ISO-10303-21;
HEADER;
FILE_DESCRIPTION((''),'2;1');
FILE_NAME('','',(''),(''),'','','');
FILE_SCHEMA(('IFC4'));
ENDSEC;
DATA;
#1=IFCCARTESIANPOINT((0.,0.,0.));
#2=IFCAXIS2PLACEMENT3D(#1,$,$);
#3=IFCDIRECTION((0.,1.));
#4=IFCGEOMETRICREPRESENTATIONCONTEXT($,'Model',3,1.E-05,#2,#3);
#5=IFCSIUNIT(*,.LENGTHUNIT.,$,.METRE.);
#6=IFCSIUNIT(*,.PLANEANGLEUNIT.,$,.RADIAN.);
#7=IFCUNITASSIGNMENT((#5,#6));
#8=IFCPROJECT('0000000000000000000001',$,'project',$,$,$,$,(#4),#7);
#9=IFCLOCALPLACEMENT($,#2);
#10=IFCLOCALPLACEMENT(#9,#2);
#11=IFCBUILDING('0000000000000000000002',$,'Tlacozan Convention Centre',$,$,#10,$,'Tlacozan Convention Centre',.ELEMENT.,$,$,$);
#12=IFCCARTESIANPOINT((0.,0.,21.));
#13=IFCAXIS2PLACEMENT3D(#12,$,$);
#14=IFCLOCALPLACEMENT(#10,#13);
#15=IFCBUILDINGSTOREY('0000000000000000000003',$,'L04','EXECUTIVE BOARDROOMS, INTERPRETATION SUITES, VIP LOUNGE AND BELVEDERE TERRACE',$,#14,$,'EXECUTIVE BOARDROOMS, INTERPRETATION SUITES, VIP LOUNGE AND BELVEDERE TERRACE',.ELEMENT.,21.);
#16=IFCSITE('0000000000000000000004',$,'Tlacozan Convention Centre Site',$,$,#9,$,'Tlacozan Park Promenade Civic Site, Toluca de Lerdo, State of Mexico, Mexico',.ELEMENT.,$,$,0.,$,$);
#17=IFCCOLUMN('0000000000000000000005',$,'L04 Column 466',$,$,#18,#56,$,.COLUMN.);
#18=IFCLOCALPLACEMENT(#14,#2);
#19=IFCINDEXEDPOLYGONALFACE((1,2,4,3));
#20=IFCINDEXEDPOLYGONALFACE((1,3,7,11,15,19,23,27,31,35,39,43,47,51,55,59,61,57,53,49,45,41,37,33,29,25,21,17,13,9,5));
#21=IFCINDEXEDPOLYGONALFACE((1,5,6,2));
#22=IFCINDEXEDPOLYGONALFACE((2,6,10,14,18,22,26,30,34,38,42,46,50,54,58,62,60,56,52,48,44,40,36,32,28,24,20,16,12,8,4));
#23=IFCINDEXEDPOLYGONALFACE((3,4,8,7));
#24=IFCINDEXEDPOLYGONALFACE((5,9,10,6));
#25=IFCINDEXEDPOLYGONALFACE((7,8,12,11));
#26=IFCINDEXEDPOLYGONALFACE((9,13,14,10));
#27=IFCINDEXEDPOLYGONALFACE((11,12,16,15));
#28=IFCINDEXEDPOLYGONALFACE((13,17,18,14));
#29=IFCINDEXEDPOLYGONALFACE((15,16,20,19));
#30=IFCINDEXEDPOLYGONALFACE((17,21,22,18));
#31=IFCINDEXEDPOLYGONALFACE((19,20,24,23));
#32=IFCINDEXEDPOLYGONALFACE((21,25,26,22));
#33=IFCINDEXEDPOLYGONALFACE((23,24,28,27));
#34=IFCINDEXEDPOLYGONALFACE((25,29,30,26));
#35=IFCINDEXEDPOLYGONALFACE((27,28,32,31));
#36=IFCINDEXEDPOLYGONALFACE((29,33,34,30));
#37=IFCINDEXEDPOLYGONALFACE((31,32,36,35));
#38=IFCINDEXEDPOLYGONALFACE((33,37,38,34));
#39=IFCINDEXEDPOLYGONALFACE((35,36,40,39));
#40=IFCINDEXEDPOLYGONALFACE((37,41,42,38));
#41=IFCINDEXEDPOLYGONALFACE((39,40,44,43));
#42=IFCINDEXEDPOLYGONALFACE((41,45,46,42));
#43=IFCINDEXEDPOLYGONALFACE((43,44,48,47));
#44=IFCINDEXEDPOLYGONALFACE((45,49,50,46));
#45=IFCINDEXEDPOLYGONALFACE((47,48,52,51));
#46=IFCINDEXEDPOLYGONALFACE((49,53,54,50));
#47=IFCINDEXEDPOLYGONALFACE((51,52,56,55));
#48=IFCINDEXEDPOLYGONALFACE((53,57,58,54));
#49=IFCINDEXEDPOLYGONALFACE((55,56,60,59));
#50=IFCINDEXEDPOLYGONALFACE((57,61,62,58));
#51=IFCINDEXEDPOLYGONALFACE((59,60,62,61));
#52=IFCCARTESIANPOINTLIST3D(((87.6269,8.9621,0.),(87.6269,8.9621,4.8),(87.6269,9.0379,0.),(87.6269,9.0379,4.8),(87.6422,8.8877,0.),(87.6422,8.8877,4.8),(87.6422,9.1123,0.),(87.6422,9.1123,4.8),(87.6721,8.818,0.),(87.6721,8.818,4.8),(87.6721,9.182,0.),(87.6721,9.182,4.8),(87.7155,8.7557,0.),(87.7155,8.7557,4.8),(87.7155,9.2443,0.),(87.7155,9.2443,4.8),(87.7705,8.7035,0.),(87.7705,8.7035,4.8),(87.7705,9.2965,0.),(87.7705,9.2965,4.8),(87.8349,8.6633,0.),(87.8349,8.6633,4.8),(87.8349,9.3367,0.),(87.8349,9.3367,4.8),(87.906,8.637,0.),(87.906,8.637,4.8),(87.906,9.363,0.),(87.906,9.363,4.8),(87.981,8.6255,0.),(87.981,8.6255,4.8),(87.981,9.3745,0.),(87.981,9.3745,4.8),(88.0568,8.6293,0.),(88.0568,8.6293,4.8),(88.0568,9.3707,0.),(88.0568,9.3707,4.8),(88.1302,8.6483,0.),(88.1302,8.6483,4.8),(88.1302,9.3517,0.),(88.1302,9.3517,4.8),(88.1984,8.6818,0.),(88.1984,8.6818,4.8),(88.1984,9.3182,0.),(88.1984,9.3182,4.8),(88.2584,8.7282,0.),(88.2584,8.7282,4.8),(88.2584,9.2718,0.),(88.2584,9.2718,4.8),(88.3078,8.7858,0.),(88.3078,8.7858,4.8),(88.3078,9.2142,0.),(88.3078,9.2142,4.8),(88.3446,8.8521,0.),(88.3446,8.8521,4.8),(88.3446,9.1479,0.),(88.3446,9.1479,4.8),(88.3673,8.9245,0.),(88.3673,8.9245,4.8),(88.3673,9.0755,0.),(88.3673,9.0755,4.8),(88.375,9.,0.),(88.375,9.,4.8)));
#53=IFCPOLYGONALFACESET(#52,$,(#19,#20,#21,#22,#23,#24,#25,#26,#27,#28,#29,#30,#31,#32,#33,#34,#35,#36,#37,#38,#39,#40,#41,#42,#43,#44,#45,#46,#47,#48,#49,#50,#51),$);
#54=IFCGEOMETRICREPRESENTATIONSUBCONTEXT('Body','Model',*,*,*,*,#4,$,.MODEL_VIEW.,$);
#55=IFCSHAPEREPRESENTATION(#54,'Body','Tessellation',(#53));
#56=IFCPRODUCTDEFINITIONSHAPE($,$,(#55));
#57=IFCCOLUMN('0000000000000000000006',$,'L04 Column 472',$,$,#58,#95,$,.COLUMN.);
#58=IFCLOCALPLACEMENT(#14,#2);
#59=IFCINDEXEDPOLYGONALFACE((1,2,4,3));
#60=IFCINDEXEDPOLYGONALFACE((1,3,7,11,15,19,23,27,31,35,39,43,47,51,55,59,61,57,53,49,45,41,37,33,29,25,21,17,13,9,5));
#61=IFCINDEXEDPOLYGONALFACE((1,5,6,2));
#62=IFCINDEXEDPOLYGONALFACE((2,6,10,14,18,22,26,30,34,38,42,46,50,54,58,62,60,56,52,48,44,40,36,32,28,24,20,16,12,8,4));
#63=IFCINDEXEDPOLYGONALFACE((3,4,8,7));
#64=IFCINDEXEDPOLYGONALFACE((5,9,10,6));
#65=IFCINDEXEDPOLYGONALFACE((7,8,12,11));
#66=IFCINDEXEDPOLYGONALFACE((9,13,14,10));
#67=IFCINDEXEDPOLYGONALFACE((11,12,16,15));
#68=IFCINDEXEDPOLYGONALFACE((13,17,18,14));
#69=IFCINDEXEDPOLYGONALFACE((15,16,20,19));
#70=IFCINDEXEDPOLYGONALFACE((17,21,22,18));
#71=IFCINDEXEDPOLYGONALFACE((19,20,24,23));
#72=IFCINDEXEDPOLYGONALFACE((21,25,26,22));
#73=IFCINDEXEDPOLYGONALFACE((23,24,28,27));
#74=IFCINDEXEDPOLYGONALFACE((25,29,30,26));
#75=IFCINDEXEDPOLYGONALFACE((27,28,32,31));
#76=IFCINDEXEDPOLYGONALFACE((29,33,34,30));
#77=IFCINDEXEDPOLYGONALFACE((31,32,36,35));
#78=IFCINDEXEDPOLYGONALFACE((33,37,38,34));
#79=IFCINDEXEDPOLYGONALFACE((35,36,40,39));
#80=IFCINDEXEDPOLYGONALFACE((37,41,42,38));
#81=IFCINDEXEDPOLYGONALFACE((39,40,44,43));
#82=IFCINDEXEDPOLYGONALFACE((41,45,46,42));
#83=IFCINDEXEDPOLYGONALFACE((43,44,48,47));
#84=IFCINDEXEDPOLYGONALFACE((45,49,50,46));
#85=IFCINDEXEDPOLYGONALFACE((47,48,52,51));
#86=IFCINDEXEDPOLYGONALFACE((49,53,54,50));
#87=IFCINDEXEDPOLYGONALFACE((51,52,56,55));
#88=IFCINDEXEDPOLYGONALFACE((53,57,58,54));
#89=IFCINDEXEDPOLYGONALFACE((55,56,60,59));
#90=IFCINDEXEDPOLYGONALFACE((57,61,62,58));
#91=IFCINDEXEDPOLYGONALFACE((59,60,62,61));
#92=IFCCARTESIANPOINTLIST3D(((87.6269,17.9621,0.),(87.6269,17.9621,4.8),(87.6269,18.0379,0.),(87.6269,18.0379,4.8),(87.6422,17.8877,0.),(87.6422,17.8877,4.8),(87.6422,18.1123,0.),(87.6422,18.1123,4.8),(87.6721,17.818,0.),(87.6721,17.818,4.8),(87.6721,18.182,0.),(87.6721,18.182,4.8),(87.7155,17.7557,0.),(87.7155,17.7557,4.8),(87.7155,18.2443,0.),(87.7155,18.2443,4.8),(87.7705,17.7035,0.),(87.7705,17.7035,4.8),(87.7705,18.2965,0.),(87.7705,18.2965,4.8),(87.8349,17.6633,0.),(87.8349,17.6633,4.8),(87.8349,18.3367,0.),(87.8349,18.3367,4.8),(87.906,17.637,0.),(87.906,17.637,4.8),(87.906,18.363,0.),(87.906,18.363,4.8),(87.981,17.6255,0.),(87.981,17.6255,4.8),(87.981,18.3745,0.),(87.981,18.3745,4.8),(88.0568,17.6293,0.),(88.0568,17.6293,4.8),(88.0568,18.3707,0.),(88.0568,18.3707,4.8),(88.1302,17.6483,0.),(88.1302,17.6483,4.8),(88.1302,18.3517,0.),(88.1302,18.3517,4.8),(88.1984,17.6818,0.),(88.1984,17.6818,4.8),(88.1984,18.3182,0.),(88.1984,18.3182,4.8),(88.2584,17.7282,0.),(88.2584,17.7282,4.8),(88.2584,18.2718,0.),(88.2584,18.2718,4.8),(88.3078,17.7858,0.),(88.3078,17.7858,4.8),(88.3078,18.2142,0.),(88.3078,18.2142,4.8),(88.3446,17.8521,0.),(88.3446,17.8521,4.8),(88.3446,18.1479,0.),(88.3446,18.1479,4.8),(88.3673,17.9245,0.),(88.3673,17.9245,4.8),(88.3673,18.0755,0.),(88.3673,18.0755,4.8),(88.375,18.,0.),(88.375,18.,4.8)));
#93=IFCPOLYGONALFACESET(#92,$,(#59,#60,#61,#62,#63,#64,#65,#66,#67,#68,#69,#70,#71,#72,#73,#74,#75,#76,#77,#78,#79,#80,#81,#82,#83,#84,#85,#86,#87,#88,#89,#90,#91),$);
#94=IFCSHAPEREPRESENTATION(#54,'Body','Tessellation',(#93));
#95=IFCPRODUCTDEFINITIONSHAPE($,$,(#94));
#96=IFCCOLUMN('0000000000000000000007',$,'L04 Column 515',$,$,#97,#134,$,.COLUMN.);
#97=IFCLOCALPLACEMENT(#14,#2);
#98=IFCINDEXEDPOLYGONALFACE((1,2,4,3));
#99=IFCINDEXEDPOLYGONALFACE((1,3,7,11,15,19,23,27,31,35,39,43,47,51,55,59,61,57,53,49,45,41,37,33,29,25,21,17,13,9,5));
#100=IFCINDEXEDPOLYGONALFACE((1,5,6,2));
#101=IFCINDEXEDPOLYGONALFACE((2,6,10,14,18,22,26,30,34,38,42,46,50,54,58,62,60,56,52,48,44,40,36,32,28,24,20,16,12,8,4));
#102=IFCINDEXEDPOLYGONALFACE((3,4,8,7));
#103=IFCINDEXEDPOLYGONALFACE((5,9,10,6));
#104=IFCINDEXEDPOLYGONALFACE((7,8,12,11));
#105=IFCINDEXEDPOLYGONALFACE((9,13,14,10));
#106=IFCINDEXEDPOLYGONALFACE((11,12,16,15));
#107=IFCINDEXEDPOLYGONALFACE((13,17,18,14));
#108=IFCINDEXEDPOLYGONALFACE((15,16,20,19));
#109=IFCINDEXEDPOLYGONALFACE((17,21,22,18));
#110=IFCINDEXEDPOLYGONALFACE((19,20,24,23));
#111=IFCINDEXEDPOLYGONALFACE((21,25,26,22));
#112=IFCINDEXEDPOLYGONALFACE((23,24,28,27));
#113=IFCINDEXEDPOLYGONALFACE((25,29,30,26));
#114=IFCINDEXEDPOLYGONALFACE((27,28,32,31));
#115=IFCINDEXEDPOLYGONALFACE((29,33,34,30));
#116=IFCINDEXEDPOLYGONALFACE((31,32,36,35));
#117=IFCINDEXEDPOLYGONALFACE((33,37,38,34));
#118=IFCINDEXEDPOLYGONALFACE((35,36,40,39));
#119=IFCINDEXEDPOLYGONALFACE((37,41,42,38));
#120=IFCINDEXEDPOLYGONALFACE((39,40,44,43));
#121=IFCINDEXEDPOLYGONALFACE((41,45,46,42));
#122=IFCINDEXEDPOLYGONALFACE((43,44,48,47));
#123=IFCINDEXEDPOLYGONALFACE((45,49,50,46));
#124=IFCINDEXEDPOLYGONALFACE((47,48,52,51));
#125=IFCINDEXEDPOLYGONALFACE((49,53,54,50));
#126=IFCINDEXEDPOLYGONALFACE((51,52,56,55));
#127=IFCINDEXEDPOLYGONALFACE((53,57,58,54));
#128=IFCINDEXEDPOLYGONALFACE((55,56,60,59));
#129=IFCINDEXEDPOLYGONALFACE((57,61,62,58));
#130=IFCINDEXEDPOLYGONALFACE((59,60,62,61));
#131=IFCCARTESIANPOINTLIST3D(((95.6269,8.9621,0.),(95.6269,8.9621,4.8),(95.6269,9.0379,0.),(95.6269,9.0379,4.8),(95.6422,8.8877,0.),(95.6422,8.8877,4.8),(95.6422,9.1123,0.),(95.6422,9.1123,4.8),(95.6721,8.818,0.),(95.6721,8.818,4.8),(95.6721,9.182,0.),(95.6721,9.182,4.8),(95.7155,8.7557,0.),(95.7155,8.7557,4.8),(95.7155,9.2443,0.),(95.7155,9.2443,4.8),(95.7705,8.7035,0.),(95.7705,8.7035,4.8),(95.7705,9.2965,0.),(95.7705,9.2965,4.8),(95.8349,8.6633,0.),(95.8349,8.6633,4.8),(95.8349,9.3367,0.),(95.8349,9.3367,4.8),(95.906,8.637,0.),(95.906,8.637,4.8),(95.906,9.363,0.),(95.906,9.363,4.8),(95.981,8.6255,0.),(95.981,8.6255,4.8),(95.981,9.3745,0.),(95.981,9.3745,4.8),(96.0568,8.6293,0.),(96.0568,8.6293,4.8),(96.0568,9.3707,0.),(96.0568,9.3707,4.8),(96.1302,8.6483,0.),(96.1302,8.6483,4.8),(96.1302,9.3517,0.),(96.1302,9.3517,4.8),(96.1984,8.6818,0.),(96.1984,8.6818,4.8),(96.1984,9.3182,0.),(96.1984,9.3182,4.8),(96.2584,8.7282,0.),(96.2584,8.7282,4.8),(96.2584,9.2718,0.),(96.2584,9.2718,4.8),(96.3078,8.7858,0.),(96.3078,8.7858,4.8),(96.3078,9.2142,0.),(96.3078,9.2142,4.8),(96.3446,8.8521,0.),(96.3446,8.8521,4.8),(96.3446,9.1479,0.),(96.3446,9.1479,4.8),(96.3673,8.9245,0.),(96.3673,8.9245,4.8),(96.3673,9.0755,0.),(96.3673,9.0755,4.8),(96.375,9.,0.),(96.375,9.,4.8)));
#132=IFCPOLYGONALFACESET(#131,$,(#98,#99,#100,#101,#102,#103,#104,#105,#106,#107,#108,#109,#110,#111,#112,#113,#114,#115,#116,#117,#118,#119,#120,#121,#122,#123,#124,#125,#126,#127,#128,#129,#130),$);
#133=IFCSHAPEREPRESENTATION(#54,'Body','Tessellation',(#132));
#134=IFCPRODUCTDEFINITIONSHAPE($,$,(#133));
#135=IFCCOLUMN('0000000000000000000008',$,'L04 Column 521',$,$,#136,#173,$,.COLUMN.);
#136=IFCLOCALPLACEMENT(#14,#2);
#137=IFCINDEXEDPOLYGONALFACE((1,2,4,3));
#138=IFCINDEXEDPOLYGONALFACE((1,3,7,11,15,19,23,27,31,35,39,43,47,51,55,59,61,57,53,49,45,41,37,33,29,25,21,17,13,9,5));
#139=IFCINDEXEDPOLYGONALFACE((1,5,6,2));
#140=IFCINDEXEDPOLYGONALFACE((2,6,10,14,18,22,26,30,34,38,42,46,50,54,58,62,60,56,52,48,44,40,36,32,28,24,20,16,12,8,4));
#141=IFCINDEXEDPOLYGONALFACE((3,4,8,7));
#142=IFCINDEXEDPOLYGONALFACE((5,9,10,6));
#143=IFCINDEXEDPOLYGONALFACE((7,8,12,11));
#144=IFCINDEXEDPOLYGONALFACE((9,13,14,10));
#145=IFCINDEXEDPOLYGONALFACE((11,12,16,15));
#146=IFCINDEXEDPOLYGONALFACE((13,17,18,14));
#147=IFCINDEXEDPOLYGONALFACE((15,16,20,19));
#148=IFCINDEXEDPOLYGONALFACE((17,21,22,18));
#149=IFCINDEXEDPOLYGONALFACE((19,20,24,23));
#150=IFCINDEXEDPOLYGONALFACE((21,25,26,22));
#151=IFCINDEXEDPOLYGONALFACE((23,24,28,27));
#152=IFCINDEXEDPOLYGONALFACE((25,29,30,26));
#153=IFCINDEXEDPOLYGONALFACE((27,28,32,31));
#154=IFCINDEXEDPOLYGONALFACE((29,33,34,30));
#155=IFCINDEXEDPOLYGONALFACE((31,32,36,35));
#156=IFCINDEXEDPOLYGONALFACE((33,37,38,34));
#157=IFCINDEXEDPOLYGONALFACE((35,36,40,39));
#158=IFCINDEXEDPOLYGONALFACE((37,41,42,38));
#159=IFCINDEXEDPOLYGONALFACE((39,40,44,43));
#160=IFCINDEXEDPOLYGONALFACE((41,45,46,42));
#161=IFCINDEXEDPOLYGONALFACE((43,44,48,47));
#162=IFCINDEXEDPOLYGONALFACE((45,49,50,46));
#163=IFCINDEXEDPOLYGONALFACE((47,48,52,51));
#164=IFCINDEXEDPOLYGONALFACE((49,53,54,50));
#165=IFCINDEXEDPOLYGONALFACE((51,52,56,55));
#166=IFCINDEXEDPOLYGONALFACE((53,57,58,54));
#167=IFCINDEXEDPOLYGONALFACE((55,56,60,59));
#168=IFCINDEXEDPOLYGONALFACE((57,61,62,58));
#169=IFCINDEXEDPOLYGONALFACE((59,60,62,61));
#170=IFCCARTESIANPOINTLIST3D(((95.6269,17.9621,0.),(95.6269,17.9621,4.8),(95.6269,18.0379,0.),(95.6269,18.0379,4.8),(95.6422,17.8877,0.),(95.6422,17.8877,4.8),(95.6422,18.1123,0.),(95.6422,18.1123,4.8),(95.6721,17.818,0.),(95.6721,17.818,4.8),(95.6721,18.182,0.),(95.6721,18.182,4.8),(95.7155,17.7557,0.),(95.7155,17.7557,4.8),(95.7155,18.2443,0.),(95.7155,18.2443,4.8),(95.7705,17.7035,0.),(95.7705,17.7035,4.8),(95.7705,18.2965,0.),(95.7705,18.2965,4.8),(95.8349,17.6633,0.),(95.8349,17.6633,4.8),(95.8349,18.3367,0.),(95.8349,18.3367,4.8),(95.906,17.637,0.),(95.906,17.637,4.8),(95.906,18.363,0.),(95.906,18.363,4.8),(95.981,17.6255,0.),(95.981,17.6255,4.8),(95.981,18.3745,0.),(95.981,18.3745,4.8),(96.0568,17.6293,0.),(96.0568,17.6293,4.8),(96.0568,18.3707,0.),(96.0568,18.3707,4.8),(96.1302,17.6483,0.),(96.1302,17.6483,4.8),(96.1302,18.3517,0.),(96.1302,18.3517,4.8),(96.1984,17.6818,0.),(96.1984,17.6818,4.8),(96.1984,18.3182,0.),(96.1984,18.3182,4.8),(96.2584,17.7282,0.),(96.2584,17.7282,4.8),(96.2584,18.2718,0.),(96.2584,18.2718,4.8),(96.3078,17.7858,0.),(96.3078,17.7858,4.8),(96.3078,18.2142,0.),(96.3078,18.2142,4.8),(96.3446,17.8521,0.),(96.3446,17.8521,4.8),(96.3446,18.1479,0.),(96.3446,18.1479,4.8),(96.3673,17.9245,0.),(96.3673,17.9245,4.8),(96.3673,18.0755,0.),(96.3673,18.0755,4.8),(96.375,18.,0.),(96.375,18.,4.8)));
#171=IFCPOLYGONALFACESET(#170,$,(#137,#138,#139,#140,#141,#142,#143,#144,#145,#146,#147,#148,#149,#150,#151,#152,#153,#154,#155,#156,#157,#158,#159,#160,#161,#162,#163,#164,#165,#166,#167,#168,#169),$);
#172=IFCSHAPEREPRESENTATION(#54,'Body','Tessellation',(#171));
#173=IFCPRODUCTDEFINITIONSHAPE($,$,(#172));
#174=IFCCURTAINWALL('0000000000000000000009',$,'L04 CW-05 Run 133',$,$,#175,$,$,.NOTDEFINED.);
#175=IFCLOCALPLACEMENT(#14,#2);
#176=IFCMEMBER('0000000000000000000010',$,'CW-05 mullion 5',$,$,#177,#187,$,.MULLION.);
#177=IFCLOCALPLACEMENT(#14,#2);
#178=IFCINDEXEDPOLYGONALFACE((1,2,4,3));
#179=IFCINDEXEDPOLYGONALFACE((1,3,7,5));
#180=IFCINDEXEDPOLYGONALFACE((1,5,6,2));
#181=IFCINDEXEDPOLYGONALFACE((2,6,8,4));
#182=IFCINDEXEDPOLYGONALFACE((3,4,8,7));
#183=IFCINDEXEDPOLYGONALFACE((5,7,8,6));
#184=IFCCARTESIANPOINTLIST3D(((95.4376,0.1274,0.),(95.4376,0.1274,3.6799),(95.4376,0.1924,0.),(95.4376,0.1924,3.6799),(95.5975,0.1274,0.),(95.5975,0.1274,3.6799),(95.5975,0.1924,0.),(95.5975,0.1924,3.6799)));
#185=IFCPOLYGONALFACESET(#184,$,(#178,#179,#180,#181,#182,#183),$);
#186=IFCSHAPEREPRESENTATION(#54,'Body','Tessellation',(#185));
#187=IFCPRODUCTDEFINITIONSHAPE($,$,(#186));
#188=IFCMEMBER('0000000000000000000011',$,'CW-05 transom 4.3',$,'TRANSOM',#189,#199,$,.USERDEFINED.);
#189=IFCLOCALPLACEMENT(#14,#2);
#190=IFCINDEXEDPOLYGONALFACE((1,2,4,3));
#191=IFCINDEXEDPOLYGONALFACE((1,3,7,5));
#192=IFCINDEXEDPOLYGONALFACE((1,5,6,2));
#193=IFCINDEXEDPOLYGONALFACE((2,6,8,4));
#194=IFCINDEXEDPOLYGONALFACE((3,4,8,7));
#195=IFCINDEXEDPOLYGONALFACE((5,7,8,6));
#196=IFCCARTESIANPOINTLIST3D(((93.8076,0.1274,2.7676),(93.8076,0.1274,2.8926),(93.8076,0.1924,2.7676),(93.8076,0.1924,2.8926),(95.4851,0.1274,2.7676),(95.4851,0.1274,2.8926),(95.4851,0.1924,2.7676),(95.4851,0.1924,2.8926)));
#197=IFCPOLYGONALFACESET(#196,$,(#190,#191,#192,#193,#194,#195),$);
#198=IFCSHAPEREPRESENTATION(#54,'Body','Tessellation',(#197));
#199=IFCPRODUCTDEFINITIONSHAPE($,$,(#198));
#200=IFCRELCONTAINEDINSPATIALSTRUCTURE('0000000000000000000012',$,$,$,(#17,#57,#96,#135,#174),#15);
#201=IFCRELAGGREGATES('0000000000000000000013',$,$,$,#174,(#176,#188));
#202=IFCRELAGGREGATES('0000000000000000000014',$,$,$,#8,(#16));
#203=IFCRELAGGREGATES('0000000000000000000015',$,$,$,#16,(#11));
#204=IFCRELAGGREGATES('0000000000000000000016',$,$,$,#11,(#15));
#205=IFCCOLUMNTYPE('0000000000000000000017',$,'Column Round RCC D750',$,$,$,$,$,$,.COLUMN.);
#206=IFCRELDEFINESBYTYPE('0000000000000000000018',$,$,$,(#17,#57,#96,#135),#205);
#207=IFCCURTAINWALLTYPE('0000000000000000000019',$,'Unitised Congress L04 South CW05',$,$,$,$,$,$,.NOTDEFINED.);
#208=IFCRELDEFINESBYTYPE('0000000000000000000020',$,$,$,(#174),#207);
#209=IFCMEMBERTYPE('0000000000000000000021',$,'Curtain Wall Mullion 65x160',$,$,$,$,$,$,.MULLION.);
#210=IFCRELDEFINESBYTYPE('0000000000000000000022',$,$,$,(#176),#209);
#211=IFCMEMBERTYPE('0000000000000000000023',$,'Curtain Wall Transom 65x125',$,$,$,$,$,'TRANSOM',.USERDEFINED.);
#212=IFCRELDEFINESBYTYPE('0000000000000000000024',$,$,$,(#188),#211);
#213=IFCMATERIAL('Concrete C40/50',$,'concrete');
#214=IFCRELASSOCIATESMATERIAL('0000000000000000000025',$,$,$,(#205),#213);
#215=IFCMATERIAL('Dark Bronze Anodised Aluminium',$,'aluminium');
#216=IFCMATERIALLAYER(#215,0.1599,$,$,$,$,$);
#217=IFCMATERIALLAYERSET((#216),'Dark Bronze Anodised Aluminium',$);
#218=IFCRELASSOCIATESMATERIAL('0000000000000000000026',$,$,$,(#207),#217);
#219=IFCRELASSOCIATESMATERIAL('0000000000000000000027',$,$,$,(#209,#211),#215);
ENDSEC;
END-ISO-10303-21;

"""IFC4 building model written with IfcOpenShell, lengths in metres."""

from ifc_helpers import new_model, si_unit, direction, frame, origin, origin_2d, place, context, subcontext, project, spatial, rectangle, circle, extrude, material, layer, layer_set, material_profile, profile_set, type_object, element, aggregate, save


model = new_model("IFC4")

# Units and contexts
model_context = context("Model", 3, precision=1e-05, world=origin(), true_north=direction((0.0, 1.0)))
body_context = subcontext(model_context, "Body", "Model", "MODEL_VIEW")
ifc_project = project(units=[si_unit("LENGTHUNIT", "METRE"), si_unit("PLANEANGLEUNIT", "RADIAN")], contexts=[model_context])

# Site, building, storey
site_placement = place(None, origin())
site = spatial("IfcSite", under=ifc_project, at=site_placement, Name="Tlacozan Convention Centre Site", LongName="Tlacozan Park Promenade Civic Site, Toluca de Lerdo, State of Mexico, Mexico", CompositionType="ELEMENT", RefElevation=0.0)
building_placement = place(site_placement, origin())
building = spatial("IfcBuilding", under=site, at=building_placement, Name="Tlacozan Convention Centre", LongName="Tlacozan Convention Centre", CompositionType="ELEMENT")
storey_placement = place(building_placement, frame((0.0, 0.0, 21.0)))
storey = spatial("IfcBuildingStorey", under=building, at=storey_placement, Name="L04", Description="EXECUTIVE BOARDROOMS, INTERPRETATION SUITES, VIP LOUNGE AND BELVEDERE TERRACE", LongName="EXECUTIVE BOARDROOMS, INTERPRETATION SUITES, VIP LOUNGE AND BELVEDERE TERRACE", CompositionType="ELEMENT", Elevation=21.0)

# Columns
ifc_material_1 = material(Name="Concrete C40/50", Category="concrete")
ifc_material_profile_1 = material_profile(ifc_material_1, circle(Radius=0.375, at=origin_2d()), Name="RCC D750")
ifc_profile_set_1 = profile_set([ifc_material_profile_1], Name="Concrete C40/50")
column_type = type_object("IfcColumnType", Name="Column Round RCC D750", PredefinedType="COLUMN", material=ifc_profile_set_1)
for number, where, z_axis, x_axis, name in (
    (1, (88.0, 9.0, 0.0), (0.0, 0.0, 1.0), (1.0, 0.0, 0.0), "L04 Column 466"),
    (2, (88.0, 18.0, 0.0), (0.0, 0.0, 1.0), (1.0, 0.0, 0.0), "L04 Column 472"),
    (3, (96.0, 9.0, 0.0), (0.0, 0.0, 1.0), (1.0, 0.0, 0.0), "L04 Column 515"),
    (4, (96.0, 18.0, 0.0), (0.0, 0.0, 1.0), (1.0, 0.0, 0.0), "L04 Column 521"),
):
    element("IfcColumn", number, at=place(storey_placement, frame(where, z_axis=z_axis, x_axis=x_axis)), inside=storey, type_object=column_type, Name=name, PredefinedType="COLUMN", context=body_context, shape_type="SweptSolid", body=[
        extrude(circle(Radius=0.375, at=origin_2d()), origin(), (0.0, 0.0, 1.0), 4.8),
    ])

# Curtain wall, members
ifc_material_2 = material(Name="Dark Bronze Anodised Aluminium", Category="aluminium")
ifc_layer_1 = layer(ifc_material_2, 0.1599)
ifc_layer_set_1 = layer_set([ifc_layer_1], Name="Dark Bronze Anodised Aluminium")
curtain_wall_type = type_object("IfcCurtainWallType", Name="Unitised Congress L04 South CW05", PredefinedType="NOTDEFINED", material=ifc_layer_set_1)
curtain_wall_placement = place(storey_placement, origin())
curtain_wall = element("IfcCurtainWall", 5, at=curtain_wall_placement, inside=storey, type_object=curtain_wall_type, Name="L04 CW-05 Run 133", PredefinedType="NOTDEFINED")
ifc_material_profile_2 = material_profile(ifc_material_2, rectangle(XDim=0.0649, YDim=0.1599, at=origin_2d()), Name="ALU 65x160")
ifc_profile_set_2 = profile_set([ifc_material_profile_2], Name="Dark Bronze Anodised Aluminium")
member_type_1 = type_object("IfcMemberType", Name="Curtain Wall Mullion 65x160", PredefinedType="MULLION", material=ifc_profile_set_2)
member_1_placement = place(storey_placement, frame((95.5176, 0.1599, 0.0), z_axis=(0.0, 0.0, 1.0), x_axis=(0.0, 1.0, 0.0)))
member_1 = element("IfcMember", 6, at=member_1_placement, type_object=member_type_1, Name="CW-05 mullion 5", PredefinedType="MULLION", context=body_context, shape_type="SweptSolid", body=[
    extrude(rectangle(XDim=0.0649, YDim=0.1599, at=origin_2d()), origin(), (0.0, 0.0, 1.0), 3.6799),
])
ifc_material_profile_3 = material_profile(ifc_material_2, rectangle(XDim=0.0649, YDim=0.125, at=origin_2d()), Name="ALU 65x125")
ifc_profile_set_3 = profile_set([ifc_material_profile_3], Name="Dark Bronze Anodised Aluminium")
member_type_2 = type_object("IfcMemberType", Name="Curtain Wall Transom 65x125", ElementType="TRANSOM", PredefinedType="USERDEFINED", material=ifc_profile_set_3)
member_2_placement = place(storey_placement, frame((93.8076, 0.1599, 2.8301), z_axis=(1.0, 0.0, 0.0), x_axis=(0.0, 1.0, 0.0)))
member_2 = element("IfcMember", 7, at=member_2_placement, type_object=member_type_2, Name="CW-05 transom 4.3", ObjectType="TRANSOM", PredefinedType="USERDEFINED", context=body_context, shape_type="SweptSolid", body=[
    extrude(rectangle(XDim=0.0649, YDim=0.125, at=origin_2d()), origin(), (0.0, 0.0, 1.0), 1.6775),
])

aggregate(curtain_wall, [member_1, member_2])

save(model, "model.ifc")
